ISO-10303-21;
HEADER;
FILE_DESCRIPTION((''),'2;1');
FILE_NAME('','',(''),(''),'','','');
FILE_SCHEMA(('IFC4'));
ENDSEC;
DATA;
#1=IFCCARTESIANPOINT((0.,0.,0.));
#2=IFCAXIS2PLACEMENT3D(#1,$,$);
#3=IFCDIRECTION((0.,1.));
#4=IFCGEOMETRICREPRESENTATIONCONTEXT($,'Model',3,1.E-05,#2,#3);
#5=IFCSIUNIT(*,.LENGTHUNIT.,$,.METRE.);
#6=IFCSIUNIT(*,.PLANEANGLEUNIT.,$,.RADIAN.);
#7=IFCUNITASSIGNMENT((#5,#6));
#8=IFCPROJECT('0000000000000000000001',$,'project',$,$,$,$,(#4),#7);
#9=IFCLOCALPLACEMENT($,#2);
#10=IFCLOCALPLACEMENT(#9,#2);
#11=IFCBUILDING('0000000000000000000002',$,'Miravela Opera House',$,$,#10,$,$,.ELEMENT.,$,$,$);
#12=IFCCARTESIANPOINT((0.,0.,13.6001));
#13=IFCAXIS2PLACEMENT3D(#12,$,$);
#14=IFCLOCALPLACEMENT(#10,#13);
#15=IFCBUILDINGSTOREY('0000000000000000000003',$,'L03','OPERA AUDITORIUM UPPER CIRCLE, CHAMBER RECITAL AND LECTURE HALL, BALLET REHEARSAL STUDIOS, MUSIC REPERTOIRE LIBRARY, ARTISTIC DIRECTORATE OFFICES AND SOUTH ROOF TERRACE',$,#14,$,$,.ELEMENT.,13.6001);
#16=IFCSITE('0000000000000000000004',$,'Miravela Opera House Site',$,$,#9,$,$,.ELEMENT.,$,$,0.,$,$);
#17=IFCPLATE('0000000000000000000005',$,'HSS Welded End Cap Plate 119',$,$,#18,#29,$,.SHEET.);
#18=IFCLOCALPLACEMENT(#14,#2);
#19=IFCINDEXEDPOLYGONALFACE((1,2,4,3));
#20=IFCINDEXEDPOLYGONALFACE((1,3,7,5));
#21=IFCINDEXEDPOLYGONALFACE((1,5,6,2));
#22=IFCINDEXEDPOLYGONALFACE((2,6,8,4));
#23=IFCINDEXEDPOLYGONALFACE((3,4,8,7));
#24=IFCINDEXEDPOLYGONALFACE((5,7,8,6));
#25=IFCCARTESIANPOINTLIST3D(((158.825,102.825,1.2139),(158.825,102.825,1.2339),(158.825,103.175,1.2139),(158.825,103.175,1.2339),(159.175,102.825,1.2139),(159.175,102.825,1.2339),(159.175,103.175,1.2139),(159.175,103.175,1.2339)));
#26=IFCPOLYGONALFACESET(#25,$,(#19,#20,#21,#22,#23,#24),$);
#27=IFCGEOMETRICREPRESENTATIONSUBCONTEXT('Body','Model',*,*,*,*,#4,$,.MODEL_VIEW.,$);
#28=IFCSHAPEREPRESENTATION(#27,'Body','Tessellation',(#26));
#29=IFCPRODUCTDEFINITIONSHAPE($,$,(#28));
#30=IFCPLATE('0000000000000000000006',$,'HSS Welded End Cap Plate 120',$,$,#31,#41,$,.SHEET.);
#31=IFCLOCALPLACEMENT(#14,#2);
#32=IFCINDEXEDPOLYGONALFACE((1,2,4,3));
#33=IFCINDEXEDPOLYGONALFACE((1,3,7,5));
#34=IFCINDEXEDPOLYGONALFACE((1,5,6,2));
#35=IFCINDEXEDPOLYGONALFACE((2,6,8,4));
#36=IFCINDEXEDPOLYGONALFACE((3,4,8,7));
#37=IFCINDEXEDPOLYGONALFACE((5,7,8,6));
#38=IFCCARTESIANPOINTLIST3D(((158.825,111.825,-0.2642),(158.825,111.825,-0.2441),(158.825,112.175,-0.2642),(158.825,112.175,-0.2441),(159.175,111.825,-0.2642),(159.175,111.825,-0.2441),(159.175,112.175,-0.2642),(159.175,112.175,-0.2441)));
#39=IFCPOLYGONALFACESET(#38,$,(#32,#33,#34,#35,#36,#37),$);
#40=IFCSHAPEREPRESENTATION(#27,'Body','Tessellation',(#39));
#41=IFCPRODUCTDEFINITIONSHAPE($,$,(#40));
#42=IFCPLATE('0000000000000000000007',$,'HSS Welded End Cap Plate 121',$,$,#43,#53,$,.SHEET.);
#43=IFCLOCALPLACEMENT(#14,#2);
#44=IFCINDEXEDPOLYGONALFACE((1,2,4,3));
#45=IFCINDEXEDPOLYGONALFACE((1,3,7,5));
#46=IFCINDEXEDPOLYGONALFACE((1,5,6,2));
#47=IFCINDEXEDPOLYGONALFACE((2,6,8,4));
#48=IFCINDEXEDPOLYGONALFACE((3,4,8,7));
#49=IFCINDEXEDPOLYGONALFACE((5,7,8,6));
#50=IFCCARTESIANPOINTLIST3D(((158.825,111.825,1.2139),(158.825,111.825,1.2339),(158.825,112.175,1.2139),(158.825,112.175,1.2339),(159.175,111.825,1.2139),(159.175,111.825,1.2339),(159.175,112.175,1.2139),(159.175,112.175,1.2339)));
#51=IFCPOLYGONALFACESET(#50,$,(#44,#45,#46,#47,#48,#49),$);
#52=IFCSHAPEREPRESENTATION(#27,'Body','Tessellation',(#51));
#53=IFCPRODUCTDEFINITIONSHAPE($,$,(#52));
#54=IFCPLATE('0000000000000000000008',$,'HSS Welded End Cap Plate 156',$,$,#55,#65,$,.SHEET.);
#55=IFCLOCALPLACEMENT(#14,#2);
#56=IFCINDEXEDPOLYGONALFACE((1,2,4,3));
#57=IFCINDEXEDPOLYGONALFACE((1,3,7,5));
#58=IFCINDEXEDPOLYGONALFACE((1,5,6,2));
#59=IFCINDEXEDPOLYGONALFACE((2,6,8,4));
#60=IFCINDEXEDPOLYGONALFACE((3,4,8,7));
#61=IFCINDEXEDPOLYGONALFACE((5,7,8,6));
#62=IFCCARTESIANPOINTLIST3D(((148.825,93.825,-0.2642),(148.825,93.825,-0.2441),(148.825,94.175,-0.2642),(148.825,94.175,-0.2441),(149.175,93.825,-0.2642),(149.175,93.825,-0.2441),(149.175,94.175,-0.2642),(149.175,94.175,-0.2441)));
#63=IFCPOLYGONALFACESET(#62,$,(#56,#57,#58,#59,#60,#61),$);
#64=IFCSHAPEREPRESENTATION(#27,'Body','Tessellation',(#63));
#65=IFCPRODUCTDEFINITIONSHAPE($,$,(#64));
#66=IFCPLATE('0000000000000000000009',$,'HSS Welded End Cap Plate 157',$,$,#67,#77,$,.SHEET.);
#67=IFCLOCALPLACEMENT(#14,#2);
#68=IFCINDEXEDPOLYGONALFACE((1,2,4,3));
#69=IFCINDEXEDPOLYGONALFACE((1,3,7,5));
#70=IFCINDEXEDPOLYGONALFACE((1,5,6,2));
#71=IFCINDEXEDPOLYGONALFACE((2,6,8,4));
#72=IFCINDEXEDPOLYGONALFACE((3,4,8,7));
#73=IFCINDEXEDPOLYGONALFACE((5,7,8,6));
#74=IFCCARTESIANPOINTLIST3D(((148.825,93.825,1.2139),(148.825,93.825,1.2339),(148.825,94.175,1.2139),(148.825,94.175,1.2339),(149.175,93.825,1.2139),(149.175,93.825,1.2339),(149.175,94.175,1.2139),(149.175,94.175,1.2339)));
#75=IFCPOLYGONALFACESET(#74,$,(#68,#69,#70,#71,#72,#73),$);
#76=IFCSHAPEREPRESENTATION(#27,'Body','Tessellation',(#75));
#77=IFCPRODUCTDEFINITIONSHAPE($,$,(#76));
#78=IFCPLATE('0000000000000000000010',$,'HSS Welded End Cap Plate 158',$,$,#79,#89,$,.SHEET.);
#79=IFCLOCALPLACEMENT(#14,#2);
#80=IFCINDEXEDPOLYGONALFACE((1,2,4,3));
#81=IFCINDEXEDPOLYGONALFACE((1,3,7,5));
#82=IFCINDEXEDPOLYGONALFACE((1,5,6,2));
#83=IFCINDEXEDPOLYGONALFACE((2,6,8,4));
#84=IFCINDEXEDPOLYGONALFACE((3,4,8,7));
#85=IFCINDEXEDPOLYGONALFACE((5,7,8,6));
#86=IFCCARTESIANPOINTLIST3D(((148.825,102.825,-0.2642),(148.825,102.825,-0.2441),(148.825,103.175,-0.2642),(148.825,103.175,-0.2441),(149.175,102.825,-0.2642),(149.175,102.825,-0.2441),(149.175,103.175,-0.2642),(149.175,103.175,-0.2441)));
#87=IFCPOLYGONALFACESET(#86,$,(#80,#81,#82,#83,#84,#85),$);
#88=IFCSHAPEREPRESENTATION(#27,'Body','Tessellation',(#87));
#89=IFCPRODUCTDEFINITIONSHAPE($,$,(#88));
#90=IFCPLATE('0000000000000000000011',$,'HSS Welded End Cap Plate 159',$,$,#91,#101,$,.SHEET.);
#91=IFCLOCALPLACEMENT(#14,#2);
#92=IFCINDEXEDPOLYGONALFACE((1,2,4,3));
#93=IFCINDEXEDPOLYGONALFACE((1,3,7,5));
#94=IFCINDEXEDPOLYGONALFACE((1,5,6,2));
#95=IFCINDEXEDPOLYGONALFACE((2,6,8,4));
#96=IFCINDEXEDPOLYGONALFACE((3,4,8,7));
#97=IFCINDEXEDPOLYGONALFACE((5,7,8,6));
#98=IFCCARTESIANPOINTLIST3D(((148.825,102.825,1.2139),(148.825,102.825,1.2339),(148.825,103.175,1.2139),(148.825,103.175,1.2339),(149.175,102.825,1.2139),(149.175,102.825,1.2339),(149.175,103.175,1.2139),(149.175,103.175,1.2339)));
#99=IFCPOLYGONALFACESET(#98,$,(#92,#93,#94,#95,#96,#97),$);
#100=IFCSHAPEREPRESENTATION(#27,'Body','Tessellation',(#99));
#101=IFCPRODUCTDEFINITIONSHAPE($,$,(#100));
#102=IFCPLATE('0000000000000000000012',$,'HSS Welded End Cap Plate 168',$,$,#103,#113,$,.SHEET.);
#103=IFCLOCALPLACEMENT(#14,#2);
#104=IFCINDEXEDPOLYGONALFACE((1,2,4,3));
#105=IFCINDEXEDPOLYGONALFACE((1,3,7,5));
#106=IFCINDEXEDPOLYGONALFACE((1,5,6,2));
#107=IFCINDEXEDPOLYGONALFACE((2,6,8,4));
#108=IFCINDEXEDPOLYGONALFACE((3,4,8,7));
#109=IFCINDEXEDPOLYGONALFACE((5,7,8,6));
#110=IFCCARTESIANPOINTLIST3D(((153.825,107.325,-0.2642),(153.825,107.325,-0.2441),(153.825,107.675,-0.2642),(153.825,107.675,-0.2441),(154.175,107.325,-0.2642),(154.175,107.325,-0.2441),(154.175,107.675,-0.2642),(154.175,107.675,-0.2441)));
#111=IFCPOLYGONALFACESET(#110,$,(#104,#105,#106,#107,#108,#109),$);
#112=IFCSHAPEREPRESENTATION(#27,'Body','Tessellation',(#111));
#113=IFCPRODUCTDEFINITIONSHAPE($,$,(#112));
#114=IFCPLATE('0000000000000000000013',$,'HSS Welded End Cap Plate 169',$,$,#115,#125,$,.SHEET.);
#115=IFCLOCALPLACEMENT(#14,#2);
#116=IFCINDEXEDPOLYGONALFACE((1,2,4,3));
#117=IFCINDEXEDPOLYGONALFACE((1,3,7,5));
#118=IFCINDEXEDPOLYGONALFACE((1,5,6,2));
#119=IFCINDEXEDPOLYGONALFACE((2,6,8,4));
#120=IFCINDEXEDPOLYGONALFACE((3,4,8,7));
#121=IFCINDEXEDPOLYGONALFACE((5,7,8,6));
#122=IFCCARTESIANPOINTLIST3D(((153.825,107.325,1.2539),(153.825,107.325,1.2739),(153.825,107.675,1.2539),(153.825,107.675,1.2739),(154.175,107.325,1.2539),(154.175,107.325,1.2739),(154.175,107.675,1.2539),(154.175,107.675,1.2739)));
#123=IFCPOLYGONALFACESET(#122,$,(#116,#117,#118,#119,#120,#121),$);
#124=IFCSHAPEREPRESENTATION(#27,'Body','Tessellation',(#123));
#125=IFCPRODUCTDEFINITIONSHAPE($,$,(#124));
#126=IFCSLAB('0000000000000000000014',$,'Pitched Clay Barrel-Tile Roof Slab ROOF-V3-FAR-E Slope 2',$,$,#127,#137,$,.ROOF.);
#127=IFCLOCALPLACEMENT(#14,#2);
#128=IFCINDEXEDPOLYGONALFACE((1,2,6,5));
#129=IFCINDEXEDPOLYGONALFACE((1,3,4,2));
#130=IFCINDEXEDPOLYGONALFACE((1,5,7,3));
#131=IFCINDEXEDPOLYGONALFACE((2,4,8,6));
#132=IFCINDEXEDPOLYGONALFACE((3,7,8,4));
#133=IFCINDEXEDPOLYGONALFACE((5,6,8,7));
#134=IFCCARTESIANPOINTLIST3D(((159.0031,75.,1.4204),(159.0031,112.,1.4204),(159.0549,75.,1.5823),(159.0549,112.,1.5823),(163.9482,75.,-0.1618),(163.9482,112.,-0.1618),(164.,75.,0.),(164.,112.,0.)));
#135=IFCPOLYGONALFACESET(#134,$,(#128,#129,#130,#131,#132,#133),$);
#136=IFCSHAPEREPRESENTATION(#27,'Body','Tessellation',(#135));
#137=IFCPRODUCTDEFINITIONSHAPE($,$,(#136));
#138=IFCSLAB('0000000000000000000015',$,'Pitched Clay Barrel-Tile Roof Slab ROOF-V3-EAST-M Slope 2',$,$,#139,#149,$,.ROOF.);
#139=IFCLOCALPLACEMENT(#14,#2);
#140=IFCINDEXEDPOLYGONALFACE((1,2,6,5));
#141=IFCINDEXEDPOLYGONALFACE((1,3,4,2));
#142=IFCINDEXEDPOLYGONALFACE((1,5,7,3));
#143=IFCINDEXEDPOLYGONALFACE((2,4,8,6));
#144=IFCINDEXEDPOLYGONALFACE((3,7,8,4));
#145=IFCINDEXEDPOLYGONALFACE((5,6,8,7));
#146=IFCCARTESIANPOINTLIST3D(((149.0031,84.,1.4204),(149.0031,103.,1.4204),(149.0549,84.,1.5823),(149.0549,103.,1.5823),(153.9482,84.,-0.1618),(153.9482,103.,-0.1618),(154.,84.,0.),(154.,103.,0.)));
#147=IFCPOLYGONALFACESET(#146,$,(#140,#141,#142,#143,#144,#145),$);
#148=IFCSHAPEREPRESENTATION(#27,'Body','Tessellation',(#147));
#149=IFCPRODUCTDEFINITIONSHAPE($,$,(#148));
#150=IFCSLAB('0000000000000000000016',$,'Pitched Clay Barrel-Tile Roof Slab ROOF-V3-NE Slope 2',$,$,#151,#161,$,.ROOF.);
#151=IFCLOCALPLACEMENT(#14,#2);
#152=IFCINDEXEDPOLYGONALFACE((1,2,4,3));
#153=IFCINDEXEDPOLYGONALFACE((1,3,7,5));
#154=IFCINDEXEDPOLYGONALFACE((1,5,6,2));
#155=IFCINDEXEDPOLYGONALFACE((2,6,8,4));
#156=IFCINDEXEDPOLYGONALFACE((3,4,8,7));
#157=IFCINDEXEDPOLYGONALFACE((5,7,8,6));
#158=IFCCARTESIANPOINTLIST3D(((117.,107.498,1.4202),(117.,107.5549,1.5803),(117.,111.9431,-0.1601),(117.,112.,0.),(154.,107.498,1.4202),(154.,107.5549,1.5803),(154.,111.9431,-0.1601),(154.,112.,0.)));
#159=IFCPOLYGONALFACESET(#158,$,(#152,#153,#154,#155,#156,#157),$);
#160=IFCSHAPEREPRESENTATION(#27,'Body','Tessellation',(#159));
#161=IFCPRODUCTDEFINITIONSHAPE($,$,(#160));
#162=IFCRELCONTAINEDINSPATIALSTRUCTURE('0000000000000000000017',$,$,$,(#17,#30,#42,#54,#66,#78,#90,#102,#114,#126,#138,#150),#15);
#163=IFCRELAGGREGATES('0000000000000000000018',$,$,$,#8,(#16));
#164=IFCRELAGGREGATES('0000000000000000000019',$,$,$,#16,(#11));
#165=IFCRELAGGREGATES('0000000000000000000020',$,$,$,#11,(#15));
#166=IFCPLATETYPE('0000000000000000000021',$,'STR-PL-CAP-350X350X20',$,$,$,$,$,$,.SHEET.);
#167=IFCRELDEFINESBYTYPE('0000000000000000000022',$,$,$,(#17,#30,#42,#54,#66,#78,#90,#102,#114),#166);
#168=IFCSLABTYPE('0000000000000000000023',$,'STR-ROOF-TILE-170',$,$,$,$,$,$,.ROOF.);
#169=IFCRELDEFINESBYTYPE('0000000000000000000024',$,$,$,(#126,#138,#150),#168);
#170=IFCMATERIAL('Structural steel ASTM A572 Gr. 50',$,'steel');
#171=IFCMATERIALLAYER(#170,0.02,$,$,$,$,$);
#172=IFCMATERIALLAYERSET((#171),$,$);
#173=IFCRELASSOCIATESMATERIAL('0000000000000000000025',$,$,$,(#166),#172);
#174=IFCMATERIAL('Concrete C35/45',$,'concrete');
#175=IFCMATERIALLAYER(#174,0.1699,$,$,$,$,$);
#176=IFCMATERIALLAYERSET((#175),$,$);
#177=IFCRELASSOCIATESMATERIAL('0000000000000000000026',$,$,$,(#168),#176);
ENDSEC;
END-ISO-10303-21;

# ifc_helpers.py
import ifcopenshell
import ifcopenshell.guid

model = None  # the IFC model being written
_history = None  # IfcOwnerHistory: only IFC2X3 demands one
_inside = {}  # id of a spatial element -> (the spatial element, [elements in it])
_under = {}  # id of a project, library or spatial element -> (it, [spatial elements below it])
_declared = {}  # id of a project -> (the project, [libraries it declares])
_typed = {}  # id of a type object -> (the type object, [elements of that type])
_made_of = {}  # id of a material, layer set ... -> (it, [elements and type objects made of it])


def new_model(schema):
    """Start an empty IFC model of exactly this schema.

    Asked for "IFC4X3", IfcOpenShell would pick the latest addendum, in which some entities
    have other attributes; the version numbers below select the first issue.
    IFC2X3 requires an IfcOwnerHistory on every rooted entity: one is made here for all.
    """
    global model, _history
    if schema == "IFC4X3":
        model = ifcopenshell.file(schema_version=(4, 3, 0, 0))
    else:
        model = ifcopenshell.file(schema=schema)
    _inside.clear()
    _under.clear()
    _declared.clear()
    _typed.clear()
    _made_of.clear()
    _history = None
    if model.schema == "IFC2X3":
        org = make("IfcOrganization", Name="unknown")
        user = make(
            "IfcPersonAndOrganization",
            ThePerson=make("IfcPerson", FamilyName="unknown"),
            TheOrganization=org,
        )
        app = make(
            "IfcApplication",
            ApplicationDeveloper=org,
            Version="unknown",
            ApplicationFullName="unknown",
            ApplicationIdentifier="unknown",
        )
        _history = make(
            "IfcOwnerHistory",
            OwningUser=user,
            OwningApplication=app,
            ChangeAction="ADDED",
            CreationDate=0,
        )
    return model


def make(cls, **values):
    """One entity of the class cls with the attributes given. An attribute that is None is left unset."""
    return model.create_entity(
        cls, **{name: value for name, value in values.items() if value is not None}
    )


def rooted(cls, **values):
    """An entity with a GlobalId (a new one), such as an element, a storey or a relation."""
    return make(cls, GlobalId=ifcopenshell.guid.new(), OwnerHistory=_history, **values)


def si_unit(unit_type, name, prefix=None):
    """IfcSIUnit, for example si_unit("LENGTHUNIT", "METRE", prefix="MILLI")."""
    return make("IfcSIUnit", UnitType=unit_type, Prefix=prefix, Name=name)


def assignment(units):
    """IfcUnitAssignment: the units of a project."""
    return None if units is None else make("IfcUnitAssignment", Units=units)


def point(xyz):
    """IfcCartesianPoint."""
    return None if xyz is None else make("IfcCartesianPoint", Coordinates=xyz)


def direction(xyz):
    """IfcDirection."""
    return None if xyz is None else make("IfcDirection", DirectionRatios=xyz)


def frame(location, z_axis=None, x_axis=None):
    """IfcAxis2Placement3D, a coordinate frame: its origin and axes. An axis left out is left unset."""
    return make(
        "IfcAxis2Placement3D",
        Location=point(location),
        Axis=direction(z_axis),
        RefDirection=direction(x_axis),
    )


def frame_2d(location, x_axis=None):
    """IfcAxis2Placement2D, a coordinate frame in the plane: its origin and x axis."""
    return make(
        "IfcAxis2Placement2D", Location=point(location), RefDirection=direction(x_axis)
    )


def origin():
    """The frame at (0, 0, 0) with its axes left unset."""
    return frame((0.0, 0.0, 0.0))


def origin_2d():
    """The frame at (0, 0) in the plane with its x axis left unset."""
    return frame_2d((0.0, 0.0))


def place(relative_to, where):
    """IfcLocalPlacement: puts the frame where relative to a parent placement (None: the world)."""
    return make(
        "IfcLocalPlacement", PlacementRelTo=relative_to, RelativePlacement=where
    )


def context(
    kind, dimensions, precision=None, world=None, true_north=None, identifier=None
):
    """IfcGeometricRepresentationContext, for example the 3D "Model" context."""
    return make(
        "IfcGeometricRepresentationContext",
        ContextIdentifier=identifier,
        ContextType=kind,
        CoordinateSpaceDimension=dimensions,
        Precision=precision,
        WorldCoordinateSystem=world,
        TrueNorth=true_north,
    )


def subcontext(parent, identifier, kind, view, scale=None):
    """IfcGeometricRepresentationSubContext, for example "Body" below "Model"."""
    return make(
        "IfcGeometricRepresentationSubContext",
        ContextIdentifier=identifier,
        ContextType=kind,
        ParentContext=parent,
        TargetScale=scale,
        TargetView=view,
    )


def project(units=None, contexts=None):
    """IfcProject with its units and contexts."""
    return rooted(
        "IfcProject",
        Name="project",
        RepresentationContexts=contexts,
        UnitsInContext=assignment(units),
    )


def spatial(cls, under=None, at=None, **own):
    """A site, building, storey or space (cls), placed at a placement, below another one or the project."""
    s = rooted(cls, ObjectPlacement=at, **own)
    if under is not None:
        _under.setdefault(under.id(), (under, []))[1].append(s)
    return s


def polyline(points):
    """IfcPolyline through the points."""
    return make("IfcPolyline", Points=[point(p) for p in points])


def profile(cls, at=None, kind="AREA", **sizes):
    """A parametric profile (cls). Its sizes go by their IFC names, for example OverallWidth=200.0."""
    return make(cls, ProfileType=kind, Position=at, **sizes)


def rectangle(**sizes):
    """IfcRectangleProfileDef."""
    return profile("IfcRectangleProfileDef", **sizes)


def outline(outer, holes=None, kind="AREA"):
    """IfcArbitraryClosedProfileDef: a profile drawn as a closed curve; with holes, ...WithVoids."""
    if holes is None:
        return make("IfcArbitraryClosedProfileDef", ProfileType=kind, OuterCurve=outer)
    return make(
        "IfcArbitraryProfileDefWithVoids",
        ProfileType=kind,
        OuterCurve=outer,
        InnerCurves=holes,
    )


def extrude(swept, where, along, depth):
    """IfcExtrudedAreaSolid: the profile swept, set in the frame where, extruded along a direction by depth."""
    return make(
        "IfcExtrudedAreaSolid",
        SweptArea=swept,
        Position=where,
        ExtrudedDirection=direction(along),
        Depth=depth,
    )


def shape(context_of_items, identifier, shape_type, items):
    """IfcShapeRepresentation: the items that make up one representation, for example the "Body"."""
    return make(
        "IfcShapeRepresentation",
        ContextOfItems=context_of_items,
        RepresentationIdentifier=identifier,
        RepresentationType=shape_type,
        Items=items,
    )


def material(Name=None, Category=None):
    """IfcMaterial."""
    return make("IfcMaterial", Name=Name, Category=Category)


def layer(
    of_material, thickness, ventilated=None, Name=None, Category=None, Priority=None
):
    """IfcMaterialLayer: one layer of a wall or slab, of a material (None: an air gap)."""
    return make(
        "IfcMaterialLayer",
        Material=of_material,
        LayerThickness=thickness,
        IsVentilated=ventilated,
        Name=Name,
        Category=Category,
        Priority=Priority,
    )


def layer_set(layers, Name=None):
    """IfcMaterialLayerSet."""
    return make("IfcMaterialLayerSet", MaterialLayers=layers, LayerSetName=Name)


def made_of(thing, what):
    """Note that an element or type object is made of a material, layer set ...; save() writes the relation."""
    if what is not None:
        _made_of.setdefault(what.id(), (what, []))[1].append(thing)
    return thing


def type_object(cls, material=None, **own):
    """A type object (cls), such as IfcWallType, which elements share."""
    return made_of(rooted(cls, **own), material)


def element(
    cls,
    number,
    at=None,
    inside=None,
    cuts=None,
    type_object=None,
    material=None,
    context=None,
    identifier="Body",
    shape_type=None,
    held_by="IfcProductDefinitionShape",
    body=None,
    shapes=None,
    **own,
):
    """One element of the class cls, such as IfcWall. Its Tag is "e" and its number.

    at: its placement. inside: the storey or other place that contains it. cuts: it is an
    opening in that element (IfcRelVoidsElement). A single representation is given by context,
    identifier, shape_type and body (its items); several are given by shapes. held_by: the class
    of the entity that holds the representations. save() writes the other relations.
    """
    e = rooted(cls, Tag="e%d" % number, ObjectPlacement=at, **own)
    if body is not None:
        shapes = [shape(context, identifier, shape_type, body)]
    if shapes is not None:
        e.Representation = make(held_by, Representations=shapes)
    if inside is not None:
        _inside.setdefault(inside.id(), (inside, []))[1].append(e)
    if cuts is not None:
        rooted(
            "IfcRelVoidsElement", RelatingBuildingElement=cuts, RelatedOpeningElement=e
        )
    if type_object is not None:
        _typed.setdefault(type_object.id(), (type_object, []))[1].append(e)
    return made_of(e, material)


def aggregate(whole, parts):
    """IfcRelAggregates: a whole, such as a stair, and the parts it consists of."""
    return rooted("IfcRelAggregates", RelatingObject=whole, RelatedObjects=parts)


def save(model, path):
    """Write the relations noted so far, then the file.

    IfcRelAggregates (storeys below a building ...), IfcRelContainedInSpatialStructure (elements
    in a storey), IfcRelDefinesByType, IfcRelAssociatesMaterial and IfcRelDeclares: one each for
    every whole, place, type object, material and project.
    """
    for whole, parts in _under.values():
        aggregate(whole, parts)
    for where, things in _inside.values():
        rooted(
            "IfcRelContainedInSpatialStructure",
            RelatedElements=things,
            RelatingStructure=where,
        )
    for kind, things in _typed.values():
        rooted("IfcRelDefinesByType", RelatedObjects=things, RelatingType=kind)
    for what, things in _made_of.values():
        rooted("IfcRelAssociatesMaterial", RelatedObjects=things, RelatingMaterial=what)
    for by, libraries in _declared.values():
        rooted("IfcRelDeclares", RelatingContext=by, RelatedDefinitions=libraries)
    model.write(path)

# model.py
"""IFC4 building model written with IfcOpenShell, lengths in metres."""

from ifc_helpers import new_model, si_unit, direction, frame, origin, origin_2d, place, context, subcontext, project, spatial, polyline, rectangle, outline, extrude, material, layer, layer_set, type_object, element, save


model = new_model("IFC4")

# Units and contexts
model_context = context("Model", 3, precision=1e-05, world=origin(), true_north=direction((0.0, 1.0)))
body_context = subcontext(model_context, "Body", "Model", "MODEL_VIEW")
ifc_project = project(units=[si_unit("LENGTHUNIT", "METRE"), si_unit("PLANEANGLEUNIT", "RADIAN")], contexts=[model_context])

# Site, building, storey
site_placement = place(None, origin())
site = spatial("IfcSite", under=ifc_project, at=site_placement, Name="Miravela Opera House Site", CompositionType="ELEMENT", RefElevation=0.0)
building_placement = place(site_placement, origin())
building = spatial("IfcBuilding", under=site, at=building_placement, Name="Miravela Opera House", CompositionType="ELEMENT")
storey_placement = place(building_placement, frame((0.0, 0.0, 13.6001)))
storey = spatial("IfcBuildingStorey", under=building, at=storey_placement, Name="L03", Description="OPERA AUDITORIUM UPPER CIRCLE, CHAMBER RECITAL AND LECTURE HALL, BALLET REHEARSAL STUDIOS, MUSIC REPERTOIRE LIBRARY, ARTISTIC DIRECTORATE OFFICES AND SOUTH ROOF TERRACE", CompositionType="ELEMENT", Elevation=13.6001)

# Shared definitions
ifc_material_1 = material(Name="Concrete C35/45", Category="concrete")

# Plates
ifc_material_2 = material(Name="Structural steel ASTM A572 Gr. 50", Category="steel")
ifc_layer_1 = layer(ifc_material_2, 0.02)
ifc_layer_set_1 = layer_set([ifc_layer_1])
plate_type = type_object("IfcPlateType", Name="STR-PL-CAP-350X350X20", PredefinedType="SHEET", material=ifc_layer_set_1)
for number, where, z_axis, x_axis, name in (
    (1, (159.0, 103.0, 1.2139), (0.0, 0.0, 1.0), (1.0, 0.0, 0.0), "HSS Welded End Cap Plate 119"),
    (2, (159.0, 112.0, -0.2642), (0.0, 0.0, 1.0), (1.0, 0.0, 0.0), "HSS Welded End Cap Plate 120"),
    (3, (159.0, 112.0, 1.2139), (0.0, 0.0, 1.0), (1.0, 0.0, 0.0), "HSS Welded End Cap Plate 121"),
    (4, (149.0, 94.0, -0.2642), (0.0, 0.0, 1.0), (1.0, 0.0, 0.0), "HSS Welded End Cap Plate 156"),
    (5, (149.0, 94.0, 1.2139), (0.0, 0.0, 1.0), (1.0, 0.0, 0.0), "HSS Welded End Cap Plate 157"),
    (6, (149.0, 103.0, -0.2642), (0.0, 0.0, 1.0), (1.0, 0.0, 0.0), "HSS Welded End Cap Plate 158"),
    (7, (149.0, 103.0, 1.2139), (0.0, 0.0, 1.0), (1.0, 0.0, 0.0), "HSS Welded End Cap Plate 159"),
    (8, (154.0, 107.5, -0.2642), (0.0, 0.0, 1.0), (1.0, 0.0, 0.0), "HSS Welded End Cap Plate 168"),
    (9, (154.0, 107.5, 1.2539), (0.0, 0.0, 1.0), (1.0, 0.0, 0.0), "HSS Welded End Cap Plate 169"),
):
    element("IfcPlate", number, at=place(storey_placement, frame(where, z_axis=z_axis, x_axis=x_axis)), inside=storey, type_object=plate_type, Name=name, PredefinedType="SHEET", context=body_context, shape_type="SweptSolid", body=[
        extrude(rectangle(XDim=0.3501, YDim=0.3501, at=origin_2d()), origin(), (0.0, 0.0, 1.0), 0.02),
    ])

# Slabs
ifc_layer_2 = layer(ifc_material_1, 0.1699)
ifc_layer_set_2 = layer_set([ifc_layer_2])
slab_type = type_object("IfcSlabType", Name="STR-ROOF-TILE-170", PredefinedType="ROOF", material=ifc_layer_set_2)
slab_1_placement = place(storey_placement, frame((164.0, 112.0, 0.0), z_axis=(0.30475, 0.0, 0.952432), x_axis=(0.0, -1.0, 0.0)))
element("IfcSlab", 10, at=slab_1_placement, inside=storey, type_object=slab_type, Name="Pitched Clay Barrel-Tile Roof Slab ROOF-V3-FAR-E Slope 2", PredefinedType="ROOF", context=body_context, shape_type="SweptSolid", body=[
    extrude(outline(polyline([(0.0, 0.0), (37.0, 0.0), (37.0, -5.192), (0.0, -5.192), (0.0, 0.0)])), origin(), (0.0, 0.0, -1.0), 0.1699),
])
slab_2_placement = place(storey_placement, frame((154.0, 103.0, 0.0), z_axis=(0.30475, 0.0, 0.952432), x_axis=(0.0, -1.0, 0.0)))
element("IfcSlab", 11, at=slab_2_placement, inside=storey, type_object=slab_type, Name="Pitched Clay Barrel-Tile Roof Slab ROOF-V3-EAST-M Slope 2", PredefinedType="ROOF", context=body_context, shape_type="SweptSolid", body=[
    extrude(outline(polyline([(0.0, 0.0), (19.0, 0.0), (19.0, -5.192), (0.0, -5.192), (0.0, 0.0)])), origin(), (0.0, 0.0, -1.0), 0.1699),
])
slab_3_placement = place(storey_placement, frame((154.0, 112.0, 0.0), z_axis=(0.0, 0.334982, 0.942224), x_axis=(-1.0, 0.0, 0.0)))
element("IfcSlab", 12, at=slab_3_placement, inside=storey, type_object=slab_type, Name="Pitched Clay Barrel-Tile Roof Slab ROOF-V3-NE Slope 2", PredefinedType="ROOF", context=body_context, shape_type="SweptSolid", body=[
    extrude(outline(polyline([(0.0, 0.0), (37.0, 0.0), (37.0, 4.7176), (0.0, 4.7176), (0.0, 0.0)])), origin(), (0.0, 0.0, -1.0), 0.1699),
])

save(model, "model.ifc")
